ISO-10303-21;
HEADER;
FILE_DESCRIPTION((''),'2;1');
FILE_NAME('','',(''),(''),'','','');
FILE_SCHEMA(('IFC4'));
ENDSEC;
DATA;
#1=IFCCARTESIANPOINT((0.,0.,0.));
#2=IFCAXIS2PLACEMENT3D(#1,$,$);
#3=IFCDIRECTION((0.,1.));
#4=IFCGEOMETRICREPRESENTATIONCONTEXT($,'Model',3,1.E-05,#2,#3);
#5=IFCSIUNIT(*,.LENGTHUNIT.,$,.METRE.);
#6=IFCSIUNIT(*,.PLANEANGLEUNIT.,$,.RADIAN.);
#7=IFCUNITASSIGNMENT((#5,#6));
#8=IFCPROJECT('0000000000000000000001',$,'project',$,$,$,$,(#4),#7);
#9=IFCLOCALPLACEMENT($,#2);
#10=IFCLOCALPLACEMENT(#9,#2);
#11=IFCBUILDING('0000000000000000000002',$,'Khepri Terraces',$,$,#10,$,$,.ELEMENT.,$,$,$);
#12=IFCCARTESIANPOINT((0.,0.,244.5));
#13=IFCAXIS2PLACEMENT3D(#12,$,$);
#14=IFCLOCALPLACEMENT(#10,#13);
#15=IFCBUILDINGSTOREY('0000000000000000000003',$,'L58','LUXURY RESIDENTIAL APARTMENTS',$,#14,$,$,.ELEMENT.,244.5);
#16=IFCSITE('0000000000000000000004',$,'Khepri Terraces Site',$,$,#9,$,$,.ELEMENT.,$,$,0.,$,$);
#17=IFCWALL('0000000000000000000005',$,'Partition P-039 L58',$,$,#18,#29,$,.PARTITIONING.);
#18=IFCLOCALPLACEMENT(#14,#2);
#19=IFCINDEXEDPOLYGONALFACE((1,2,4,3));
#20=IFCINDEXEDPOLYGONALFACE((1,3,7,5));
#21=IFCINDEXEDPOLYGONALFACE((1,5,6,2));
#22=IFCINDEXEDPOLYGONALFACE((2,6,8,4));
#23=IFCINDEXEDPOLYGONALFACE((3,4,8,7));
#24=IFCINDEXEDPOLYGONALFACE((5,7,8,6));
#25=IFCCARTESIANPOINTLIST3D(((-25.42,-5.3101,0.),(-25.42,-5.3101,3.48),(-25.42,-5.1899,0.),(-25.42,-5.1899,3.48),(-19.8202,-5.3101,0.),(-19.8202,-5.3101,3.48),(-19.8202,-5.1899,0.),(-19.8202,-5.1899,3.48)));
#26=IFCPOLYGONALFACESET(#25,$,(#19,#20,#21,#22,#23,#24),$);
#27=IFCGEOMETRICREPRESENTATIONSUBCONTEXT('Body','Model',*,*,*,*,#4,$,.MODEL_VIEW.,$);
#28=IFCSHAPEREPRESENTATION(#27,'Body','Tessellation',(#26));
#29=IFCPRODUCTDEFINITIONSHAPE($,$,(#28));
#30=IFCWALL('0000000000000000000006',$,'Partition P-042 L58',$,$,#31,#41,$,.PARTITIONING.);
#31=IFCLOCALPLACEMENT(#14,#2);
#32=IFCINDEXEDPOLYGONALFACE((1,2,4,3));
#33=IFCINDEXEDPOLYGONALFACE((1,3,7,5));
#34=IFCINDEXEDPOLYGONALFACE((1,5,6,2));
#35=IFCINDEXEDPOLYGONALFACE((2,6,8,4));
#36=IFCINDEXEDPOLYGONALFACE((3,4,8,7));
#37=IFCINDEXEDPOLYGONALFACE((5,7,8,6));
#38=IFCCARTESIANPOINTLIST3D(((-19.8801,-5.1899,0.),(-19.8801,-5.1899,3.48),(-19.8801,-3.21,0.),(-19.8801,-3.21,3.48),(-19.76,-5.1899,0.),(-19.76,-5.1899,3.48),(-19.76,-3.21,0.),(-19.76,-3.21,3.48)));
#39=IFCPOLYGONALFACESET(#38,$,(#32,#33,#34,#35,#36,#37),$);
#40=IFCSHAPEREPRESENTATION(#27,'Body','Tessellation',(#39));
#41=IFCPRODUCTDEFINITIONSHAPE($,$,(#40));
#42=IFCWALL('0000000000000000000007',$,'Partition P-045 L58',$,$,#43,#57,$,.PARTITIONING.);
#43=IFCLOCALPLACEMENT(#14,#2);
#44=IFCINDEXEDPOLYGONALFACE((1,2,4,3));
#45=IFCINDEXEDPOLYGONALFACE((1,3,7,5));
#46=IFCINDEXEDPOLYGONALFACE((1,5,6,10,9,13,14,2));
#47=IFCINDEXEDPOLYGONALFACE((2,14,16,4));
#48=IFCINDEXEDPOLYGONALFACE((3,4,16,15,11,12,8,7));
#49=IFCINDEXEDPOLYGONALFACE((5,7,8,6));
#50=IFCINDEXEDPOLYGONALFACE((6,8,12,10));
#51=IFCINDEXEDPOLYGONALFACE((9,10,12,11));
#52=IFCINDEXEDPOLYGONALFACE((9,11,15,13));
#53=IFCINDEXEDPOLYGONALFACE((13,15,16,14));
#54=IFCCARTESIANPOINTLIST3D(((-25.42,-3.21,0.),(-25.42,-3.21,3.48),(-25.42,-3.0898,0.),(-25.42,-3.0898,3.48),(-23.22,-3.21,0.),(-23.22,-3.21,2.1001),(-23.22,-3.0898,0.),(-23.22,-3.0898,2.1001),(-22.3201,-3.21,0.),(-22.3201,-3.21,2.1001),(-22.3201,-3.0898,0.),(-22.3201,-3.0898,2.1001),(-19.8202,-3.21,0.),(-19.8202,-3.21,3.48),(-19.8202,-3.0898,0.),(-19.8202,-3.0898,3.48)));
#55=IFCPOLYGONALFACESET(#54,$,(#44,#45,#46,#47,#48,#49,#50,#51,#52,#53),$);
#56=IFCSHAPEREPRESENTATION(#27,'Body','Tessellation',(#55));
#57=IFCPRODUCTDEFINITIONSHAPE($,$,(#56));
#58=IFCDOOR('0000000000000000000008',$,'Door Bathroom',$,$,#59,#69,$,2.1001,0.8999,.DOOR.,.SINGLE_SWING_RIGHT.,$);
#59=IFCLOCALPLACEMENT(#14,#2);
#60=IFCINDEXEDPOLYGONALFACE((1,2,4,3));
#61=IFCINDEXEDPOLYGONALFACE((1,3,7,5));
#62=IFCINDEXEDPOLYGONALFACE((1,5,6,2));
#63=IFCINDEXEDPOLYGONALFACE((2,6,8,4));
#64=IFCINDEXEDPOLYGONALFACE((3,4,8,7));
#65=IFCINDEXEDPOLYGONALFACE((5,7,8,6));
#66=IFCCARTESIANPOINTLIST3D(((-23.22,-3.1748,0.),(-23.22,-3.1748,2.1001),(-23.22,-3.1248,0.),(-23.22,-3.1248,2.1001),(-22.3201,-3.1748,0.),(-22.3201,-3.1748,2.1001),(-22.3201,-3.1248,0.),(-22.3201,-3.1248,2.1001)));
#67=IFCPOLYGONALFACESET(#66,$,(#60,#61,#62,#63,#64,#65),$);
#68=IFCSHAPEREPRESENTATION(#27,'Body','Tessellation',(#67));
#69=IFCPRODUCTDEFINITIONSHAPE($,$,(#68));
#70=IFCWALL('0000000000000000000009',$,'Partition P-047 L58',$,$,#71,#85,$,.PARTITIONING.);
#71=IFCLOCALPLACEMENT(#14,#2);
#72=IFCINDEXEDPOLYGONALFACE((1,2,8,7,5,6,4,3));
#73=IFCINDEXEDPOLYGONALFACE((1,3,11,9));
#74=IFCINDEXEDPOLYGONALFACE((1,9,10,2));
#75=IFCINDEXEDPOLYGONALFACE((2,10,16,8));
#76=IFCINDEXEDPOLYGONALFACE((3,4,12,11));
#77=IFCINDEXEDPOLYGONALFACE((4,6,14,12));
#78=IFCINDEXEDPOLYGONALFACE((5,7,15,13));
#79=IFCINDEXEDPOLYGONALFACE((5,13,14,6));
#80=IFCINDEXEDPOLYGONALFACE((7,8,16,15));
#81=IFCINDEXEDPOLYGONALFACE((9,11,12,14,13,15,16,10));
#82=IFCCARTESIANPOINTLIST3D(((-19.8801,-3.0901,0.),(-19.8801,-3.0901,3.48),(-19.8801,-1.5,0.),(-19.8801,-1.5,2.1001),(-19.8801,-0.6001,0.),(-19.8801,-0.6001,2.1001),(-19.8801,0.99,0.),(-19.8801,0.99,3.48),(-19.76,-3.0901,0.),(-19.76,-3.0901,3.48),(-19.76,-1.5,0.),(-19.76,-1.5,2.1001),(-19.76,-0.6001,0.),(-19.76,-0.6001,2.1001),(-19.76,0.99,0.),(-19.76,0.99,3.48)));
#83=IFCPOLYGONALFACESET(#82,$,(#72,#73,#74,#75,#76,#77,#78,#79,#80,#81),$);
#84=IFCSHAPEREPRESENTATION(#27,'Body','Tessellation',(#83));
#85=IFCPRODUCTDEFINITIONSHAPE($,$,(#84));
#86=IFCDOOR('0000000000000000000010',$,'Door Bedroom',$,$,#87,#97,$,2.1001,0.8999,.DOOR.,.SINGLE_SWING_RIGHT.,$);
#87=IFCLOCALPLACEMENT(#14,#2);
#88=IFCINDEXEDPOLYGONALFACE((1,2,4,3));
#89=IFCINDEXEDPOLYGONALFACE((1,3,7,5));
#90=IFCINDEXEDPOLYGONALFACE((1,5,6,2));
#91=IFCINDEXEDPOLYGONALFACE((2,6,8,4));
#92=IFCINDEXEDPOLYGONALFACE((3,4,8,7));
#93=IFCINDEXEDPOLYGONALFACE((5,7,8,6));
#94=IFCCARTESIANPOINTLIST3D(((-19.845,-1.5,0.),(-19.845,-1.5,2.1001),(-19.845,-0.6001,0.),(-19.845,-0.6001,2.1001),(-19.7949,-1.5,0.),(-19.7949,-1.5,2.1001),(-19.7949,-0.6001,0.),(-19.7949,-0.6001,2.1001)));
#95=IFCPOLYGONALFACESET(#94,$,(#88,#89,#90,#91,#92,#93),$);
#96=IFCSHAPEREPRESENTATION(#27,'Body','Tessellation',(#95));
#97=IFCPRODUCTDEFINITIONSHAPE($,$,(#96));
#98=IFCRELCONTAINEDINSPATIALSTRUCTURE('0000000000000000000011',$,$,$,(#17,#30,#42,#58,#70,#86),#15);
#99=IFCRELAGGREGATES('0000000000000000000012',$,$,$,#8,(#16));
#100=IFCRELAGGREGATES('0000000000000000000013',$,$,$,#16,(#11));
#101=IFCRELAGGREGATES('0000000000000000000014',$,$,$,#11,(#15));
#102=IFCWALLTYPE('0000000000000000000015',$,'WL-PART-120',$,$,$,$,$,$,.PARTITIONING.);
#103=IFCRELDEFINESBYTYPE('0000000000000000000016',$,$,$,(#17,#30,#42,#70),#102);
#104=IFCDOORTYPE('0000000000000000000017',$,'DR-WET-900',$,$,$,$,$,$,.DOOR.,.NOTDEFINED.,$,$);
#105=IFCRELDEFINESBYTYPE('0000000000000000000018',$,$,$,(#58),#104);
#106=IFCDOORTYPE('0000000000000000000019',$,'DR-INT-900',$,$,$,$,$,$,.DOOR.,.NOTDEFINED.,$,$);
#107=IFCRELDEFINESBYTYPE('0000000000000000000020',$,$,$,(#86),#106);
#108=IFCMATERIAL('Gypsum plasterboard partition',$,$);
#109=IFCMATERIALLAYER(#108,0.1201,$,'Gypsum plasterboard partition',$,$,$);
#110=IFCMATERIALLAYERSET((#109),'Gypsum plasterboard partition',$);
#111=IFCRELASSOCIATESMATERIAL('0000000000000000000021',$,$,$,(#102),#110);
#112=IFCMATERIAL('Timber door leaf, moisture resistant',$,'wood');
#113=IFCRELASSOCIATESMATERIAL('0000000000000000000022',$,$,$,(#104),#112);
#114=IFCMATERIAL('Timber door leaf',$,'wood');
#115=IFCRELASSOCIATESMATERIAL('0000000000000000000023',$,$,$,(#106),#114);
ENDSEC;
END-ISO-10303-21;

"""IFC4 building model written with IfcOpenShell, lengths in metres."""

from ifc_helpers import new_model, si_unit, direction, frame, frame_2d, origin, place, context, subcontext, project, spatial, rectangle, extrude, material, layer, layer_set, type_object, element, fill, save


model = new_model("IFC4")

# Units and contexts
model_context = context("Model", 3, precision=1e-05, world=origin(), true_north=direction((0.0, 1.0)))
body_context = subcontext(model_context, "Body", "Model", "MODEL_VIEW")
ifc_project = project(units=[si_unit("LENGTHUNIT", "METRE"), si_unit("PLANEANGLEUNIT", "RADIAN")], contexts=[model_context])

# Site, building, storey
site_placement = place(None, origin())
site = spatial("IfcSite", under=ifc_project, at=site_placement, Name="Khepri Terraces Site", CompositionType="ELEMENT", RefElevation=0.0)
building_placement = place(site_placement, origin())
building = spatial("IfcBuilding", under=site, at=building_placement, Name="Khepri Terraces", CompositionType="ELEMENT")
storey_placement = place(building_placement, frame((0.0, 0.0, 244.5)))
storey = spatial("IfcBuildingStorey", under=building, at=storey_placement, Name="L58", Description="LUXURY RESIDENTIAL APARTMENTS", CompositionType="ELEMENT", Elevation=244.5)

# Walls
ifc_material_1 = material(Name="Gypsum plasterboard partition")
ifc_layer_1 = layer(ifc_material_1, 0.1201, Name="Gypsum plasterboard partition")
ifc_layer_set_1 = layer_set([ifc_layer_1], Name="Gypsum plasterboard partition")
wall_type_1 = type_object("IfcWallType", Name="WL-PART-120", PredefinedType="PARTITIONING", material=ifc_layer_set_1)
wall_1_placement = place(storey_placement, frame((-25.4199, -5.25, 0.0), z_axis=(0.0, 0.0, 1.0), x_axis=(1.0, 0.0, 0.0)))
element("IfcWall", 1, at=wall_1_placement, inside=storey, type_object=wall_type_1, Name="Partition P-039 L58", PredefinedType="PARTITIONING", context=body_context, shape_type="SweptSolid", body=[
    extrude(rectangle(XDim=5.5999, YDim=0.1201, at=frame_2d((2.7998, 0.0))), origin(), (0.0, 0.0, 1.0), 3.48),
])
wall_2_placement = place(storey_placement, frame((-19.8201, -5.1899, 0.0), z_axis=(0.0, 0.0, 1.0), x_axis=(0.0, 1.0, 0.0)))
element("IfcWall", 2, at=wall_2_placement, inside=storey, type_object=wall_type_1, Name="Partition P-042 L58", PredefinedType="PARTITIONING", context=body_context, shape_type="SweptSolid", body=[
    extrude(rectangle(XDim=1.98, YDim=0.1201, at=frame_2d((0.99, 0.0))), origin(), (0.0, 0.0, 1.0), 3.48),
])

# Walls, openings, doors
wall_3_placement = place(storey_placement, frame((-25.4199, -3.1499, 0.0), z_axis=(0.0, 0.0, 1.0), x_axis=(1.0, 0.0, 0.0)))
wall_3 = element("IfcWall", 3, at=wall_3_placement, inside=storey, type_object=wall_type_1, Name="Partition P-045 L58", PredefinedType="PARTITIONING", context=body_context, shape_type="SweptSolid", body=[
    extrude(rectangle(XDim=5.5999, YDim=0.1201, at=frame_2d((2.7998, 0.0))), origin(), (0.0, 0.0, 1.0), 3.48),
])
opening_1_placement = place(wall_3_placement, frame((2.2, 0.0, 0.0)))
opening_1 = element("IfcOpeningElement", 4, at=opening_1_placement, cuts=wall_3, PredefinedType="OPENING", context=body_context, shape_type="SweptSolid", body=[
    extrude(rectangle(XDim=0.8999, YDim=2.1001, at=frame_2d((0.45, 1.05))), frame((0.0, 0.0701, 0.0), z_axis=(0.0, -1.0, 0.0), x_axis=(1.0, 0.0, 0.0)), (0.0, 0.0, 1.0), 0.1401),
])
ifc_material_2 = material(Name="Timber door leaf, moisture resistant", Category="wood")
door_type_1 = type_object("IfcDoorType", Name="DR-WET-900", OperationType="NOTDEFINED", PredefinedType="DOOR", material=ifc_material_2)
door_1_placement = place(opening_1_placement, frame((0.8999, 0.0, 0.0), z_axis=(0.0, 0.0, 1.0), x_axis=(-1.0, 0.0, 0.0)))
door_1 = element("IfcDoor", 5, at=door_1_placement, inside=storey, type_object=door_type_1, Name="Door Bathroom", OperationType="SINGLE_SWING_RIGHT", OverallHeight=2.1001, OverallWidth=0.8999, PredefinedType="DOOR", context=body_context, shape_type="SweptSolid", body=[
    extrude(rectangle(XDim=0.8999, YDim=2.1001, at=frame_2d((0.45, 1.05))), frame((0.0, 0.0249, 0.0), z_axis=(0.0, -1.0, 0.0), x_axis=(1.0, 0.0, 0.0)), (0.0, 0.0, 1.0), 0.05),
])
fill(opening_1, door_1)
wall_4_placement = place(storey_placement, frame((-19.8201, -3.0901, 0.0), z_axis=(0.0, 0.0, 1.0), x_axis=(0.0, 1.0, 0.0)))
wall_4 = element("IfcWall", 6, at=wall_4_placement, inside=storey, type_object=wall_type_1, Name="Partition P-047 L58", PredefinedType="PARTITIONING", context=body_context, shape_type="SweptSolid", body=[
    extrude(rectangle(XDim=4.0801, YDim=0.1201, at=frame_2d((2.04, 0.0))), origin(), (0.0, 0.0, 1.0), 3.48),
])
opening_2_placement = place(wall_4_placement, frame((1.5901, 0.0, 0.0)))
opening_2 = element("IfcOpeningElement", 7, at=opening_2_placement, cuts=wall_4, PredefinedType="OPENING", context=body_context, shape_type="SweptSolid", body=[
    extrude(rectangle(XDim=0.8999, YDim=2.1001, at=frame_2d((0.45, 1.05))), frame((0.0, 0.0701, 0.0), z_axis=(0.0, -1.0, 0.0), x_axis=(1.0, 0.0, 0.0)), (0.0, 0.0, 1.0), 0.1401),
])
ifc_material_3 = material(Name="Timber door leaf", Category="wood")
door_type_2 = type_object("IfcDoorType", Name="DR-INT-900", OperationType="NOTDEFINED", PredefinedType="DOOR", material=ifc_material_3)
door_2_placement = place(opening_2_placement, origin())
door_2 = element("IfcDoor", 8, at=door_2_placement, inside=storey, type_object=door_type_2, Name="Door Bedroom", OperationType="SINGLE_SWING_RIGHT", OverallHeight=2.1001, OverallWidth=0.8999, PredefinedType="DOOR", context=body_context, shape_type="SweptSolid", body=[
    extrude(rectangle(XDim=0.8999, YDim=2.1001, at=frame_2d((0.45, 1.05))), frame((0.0, 0.0249, 0.0), z_axis=(0.0, -1.0, 0.0), x_axis=(1.0, 0.0, 0.0)), (0.0, 0.0, 1.0), 0.05),
])
fill(opening_2, door_2)

save(model, "model.ifc")
